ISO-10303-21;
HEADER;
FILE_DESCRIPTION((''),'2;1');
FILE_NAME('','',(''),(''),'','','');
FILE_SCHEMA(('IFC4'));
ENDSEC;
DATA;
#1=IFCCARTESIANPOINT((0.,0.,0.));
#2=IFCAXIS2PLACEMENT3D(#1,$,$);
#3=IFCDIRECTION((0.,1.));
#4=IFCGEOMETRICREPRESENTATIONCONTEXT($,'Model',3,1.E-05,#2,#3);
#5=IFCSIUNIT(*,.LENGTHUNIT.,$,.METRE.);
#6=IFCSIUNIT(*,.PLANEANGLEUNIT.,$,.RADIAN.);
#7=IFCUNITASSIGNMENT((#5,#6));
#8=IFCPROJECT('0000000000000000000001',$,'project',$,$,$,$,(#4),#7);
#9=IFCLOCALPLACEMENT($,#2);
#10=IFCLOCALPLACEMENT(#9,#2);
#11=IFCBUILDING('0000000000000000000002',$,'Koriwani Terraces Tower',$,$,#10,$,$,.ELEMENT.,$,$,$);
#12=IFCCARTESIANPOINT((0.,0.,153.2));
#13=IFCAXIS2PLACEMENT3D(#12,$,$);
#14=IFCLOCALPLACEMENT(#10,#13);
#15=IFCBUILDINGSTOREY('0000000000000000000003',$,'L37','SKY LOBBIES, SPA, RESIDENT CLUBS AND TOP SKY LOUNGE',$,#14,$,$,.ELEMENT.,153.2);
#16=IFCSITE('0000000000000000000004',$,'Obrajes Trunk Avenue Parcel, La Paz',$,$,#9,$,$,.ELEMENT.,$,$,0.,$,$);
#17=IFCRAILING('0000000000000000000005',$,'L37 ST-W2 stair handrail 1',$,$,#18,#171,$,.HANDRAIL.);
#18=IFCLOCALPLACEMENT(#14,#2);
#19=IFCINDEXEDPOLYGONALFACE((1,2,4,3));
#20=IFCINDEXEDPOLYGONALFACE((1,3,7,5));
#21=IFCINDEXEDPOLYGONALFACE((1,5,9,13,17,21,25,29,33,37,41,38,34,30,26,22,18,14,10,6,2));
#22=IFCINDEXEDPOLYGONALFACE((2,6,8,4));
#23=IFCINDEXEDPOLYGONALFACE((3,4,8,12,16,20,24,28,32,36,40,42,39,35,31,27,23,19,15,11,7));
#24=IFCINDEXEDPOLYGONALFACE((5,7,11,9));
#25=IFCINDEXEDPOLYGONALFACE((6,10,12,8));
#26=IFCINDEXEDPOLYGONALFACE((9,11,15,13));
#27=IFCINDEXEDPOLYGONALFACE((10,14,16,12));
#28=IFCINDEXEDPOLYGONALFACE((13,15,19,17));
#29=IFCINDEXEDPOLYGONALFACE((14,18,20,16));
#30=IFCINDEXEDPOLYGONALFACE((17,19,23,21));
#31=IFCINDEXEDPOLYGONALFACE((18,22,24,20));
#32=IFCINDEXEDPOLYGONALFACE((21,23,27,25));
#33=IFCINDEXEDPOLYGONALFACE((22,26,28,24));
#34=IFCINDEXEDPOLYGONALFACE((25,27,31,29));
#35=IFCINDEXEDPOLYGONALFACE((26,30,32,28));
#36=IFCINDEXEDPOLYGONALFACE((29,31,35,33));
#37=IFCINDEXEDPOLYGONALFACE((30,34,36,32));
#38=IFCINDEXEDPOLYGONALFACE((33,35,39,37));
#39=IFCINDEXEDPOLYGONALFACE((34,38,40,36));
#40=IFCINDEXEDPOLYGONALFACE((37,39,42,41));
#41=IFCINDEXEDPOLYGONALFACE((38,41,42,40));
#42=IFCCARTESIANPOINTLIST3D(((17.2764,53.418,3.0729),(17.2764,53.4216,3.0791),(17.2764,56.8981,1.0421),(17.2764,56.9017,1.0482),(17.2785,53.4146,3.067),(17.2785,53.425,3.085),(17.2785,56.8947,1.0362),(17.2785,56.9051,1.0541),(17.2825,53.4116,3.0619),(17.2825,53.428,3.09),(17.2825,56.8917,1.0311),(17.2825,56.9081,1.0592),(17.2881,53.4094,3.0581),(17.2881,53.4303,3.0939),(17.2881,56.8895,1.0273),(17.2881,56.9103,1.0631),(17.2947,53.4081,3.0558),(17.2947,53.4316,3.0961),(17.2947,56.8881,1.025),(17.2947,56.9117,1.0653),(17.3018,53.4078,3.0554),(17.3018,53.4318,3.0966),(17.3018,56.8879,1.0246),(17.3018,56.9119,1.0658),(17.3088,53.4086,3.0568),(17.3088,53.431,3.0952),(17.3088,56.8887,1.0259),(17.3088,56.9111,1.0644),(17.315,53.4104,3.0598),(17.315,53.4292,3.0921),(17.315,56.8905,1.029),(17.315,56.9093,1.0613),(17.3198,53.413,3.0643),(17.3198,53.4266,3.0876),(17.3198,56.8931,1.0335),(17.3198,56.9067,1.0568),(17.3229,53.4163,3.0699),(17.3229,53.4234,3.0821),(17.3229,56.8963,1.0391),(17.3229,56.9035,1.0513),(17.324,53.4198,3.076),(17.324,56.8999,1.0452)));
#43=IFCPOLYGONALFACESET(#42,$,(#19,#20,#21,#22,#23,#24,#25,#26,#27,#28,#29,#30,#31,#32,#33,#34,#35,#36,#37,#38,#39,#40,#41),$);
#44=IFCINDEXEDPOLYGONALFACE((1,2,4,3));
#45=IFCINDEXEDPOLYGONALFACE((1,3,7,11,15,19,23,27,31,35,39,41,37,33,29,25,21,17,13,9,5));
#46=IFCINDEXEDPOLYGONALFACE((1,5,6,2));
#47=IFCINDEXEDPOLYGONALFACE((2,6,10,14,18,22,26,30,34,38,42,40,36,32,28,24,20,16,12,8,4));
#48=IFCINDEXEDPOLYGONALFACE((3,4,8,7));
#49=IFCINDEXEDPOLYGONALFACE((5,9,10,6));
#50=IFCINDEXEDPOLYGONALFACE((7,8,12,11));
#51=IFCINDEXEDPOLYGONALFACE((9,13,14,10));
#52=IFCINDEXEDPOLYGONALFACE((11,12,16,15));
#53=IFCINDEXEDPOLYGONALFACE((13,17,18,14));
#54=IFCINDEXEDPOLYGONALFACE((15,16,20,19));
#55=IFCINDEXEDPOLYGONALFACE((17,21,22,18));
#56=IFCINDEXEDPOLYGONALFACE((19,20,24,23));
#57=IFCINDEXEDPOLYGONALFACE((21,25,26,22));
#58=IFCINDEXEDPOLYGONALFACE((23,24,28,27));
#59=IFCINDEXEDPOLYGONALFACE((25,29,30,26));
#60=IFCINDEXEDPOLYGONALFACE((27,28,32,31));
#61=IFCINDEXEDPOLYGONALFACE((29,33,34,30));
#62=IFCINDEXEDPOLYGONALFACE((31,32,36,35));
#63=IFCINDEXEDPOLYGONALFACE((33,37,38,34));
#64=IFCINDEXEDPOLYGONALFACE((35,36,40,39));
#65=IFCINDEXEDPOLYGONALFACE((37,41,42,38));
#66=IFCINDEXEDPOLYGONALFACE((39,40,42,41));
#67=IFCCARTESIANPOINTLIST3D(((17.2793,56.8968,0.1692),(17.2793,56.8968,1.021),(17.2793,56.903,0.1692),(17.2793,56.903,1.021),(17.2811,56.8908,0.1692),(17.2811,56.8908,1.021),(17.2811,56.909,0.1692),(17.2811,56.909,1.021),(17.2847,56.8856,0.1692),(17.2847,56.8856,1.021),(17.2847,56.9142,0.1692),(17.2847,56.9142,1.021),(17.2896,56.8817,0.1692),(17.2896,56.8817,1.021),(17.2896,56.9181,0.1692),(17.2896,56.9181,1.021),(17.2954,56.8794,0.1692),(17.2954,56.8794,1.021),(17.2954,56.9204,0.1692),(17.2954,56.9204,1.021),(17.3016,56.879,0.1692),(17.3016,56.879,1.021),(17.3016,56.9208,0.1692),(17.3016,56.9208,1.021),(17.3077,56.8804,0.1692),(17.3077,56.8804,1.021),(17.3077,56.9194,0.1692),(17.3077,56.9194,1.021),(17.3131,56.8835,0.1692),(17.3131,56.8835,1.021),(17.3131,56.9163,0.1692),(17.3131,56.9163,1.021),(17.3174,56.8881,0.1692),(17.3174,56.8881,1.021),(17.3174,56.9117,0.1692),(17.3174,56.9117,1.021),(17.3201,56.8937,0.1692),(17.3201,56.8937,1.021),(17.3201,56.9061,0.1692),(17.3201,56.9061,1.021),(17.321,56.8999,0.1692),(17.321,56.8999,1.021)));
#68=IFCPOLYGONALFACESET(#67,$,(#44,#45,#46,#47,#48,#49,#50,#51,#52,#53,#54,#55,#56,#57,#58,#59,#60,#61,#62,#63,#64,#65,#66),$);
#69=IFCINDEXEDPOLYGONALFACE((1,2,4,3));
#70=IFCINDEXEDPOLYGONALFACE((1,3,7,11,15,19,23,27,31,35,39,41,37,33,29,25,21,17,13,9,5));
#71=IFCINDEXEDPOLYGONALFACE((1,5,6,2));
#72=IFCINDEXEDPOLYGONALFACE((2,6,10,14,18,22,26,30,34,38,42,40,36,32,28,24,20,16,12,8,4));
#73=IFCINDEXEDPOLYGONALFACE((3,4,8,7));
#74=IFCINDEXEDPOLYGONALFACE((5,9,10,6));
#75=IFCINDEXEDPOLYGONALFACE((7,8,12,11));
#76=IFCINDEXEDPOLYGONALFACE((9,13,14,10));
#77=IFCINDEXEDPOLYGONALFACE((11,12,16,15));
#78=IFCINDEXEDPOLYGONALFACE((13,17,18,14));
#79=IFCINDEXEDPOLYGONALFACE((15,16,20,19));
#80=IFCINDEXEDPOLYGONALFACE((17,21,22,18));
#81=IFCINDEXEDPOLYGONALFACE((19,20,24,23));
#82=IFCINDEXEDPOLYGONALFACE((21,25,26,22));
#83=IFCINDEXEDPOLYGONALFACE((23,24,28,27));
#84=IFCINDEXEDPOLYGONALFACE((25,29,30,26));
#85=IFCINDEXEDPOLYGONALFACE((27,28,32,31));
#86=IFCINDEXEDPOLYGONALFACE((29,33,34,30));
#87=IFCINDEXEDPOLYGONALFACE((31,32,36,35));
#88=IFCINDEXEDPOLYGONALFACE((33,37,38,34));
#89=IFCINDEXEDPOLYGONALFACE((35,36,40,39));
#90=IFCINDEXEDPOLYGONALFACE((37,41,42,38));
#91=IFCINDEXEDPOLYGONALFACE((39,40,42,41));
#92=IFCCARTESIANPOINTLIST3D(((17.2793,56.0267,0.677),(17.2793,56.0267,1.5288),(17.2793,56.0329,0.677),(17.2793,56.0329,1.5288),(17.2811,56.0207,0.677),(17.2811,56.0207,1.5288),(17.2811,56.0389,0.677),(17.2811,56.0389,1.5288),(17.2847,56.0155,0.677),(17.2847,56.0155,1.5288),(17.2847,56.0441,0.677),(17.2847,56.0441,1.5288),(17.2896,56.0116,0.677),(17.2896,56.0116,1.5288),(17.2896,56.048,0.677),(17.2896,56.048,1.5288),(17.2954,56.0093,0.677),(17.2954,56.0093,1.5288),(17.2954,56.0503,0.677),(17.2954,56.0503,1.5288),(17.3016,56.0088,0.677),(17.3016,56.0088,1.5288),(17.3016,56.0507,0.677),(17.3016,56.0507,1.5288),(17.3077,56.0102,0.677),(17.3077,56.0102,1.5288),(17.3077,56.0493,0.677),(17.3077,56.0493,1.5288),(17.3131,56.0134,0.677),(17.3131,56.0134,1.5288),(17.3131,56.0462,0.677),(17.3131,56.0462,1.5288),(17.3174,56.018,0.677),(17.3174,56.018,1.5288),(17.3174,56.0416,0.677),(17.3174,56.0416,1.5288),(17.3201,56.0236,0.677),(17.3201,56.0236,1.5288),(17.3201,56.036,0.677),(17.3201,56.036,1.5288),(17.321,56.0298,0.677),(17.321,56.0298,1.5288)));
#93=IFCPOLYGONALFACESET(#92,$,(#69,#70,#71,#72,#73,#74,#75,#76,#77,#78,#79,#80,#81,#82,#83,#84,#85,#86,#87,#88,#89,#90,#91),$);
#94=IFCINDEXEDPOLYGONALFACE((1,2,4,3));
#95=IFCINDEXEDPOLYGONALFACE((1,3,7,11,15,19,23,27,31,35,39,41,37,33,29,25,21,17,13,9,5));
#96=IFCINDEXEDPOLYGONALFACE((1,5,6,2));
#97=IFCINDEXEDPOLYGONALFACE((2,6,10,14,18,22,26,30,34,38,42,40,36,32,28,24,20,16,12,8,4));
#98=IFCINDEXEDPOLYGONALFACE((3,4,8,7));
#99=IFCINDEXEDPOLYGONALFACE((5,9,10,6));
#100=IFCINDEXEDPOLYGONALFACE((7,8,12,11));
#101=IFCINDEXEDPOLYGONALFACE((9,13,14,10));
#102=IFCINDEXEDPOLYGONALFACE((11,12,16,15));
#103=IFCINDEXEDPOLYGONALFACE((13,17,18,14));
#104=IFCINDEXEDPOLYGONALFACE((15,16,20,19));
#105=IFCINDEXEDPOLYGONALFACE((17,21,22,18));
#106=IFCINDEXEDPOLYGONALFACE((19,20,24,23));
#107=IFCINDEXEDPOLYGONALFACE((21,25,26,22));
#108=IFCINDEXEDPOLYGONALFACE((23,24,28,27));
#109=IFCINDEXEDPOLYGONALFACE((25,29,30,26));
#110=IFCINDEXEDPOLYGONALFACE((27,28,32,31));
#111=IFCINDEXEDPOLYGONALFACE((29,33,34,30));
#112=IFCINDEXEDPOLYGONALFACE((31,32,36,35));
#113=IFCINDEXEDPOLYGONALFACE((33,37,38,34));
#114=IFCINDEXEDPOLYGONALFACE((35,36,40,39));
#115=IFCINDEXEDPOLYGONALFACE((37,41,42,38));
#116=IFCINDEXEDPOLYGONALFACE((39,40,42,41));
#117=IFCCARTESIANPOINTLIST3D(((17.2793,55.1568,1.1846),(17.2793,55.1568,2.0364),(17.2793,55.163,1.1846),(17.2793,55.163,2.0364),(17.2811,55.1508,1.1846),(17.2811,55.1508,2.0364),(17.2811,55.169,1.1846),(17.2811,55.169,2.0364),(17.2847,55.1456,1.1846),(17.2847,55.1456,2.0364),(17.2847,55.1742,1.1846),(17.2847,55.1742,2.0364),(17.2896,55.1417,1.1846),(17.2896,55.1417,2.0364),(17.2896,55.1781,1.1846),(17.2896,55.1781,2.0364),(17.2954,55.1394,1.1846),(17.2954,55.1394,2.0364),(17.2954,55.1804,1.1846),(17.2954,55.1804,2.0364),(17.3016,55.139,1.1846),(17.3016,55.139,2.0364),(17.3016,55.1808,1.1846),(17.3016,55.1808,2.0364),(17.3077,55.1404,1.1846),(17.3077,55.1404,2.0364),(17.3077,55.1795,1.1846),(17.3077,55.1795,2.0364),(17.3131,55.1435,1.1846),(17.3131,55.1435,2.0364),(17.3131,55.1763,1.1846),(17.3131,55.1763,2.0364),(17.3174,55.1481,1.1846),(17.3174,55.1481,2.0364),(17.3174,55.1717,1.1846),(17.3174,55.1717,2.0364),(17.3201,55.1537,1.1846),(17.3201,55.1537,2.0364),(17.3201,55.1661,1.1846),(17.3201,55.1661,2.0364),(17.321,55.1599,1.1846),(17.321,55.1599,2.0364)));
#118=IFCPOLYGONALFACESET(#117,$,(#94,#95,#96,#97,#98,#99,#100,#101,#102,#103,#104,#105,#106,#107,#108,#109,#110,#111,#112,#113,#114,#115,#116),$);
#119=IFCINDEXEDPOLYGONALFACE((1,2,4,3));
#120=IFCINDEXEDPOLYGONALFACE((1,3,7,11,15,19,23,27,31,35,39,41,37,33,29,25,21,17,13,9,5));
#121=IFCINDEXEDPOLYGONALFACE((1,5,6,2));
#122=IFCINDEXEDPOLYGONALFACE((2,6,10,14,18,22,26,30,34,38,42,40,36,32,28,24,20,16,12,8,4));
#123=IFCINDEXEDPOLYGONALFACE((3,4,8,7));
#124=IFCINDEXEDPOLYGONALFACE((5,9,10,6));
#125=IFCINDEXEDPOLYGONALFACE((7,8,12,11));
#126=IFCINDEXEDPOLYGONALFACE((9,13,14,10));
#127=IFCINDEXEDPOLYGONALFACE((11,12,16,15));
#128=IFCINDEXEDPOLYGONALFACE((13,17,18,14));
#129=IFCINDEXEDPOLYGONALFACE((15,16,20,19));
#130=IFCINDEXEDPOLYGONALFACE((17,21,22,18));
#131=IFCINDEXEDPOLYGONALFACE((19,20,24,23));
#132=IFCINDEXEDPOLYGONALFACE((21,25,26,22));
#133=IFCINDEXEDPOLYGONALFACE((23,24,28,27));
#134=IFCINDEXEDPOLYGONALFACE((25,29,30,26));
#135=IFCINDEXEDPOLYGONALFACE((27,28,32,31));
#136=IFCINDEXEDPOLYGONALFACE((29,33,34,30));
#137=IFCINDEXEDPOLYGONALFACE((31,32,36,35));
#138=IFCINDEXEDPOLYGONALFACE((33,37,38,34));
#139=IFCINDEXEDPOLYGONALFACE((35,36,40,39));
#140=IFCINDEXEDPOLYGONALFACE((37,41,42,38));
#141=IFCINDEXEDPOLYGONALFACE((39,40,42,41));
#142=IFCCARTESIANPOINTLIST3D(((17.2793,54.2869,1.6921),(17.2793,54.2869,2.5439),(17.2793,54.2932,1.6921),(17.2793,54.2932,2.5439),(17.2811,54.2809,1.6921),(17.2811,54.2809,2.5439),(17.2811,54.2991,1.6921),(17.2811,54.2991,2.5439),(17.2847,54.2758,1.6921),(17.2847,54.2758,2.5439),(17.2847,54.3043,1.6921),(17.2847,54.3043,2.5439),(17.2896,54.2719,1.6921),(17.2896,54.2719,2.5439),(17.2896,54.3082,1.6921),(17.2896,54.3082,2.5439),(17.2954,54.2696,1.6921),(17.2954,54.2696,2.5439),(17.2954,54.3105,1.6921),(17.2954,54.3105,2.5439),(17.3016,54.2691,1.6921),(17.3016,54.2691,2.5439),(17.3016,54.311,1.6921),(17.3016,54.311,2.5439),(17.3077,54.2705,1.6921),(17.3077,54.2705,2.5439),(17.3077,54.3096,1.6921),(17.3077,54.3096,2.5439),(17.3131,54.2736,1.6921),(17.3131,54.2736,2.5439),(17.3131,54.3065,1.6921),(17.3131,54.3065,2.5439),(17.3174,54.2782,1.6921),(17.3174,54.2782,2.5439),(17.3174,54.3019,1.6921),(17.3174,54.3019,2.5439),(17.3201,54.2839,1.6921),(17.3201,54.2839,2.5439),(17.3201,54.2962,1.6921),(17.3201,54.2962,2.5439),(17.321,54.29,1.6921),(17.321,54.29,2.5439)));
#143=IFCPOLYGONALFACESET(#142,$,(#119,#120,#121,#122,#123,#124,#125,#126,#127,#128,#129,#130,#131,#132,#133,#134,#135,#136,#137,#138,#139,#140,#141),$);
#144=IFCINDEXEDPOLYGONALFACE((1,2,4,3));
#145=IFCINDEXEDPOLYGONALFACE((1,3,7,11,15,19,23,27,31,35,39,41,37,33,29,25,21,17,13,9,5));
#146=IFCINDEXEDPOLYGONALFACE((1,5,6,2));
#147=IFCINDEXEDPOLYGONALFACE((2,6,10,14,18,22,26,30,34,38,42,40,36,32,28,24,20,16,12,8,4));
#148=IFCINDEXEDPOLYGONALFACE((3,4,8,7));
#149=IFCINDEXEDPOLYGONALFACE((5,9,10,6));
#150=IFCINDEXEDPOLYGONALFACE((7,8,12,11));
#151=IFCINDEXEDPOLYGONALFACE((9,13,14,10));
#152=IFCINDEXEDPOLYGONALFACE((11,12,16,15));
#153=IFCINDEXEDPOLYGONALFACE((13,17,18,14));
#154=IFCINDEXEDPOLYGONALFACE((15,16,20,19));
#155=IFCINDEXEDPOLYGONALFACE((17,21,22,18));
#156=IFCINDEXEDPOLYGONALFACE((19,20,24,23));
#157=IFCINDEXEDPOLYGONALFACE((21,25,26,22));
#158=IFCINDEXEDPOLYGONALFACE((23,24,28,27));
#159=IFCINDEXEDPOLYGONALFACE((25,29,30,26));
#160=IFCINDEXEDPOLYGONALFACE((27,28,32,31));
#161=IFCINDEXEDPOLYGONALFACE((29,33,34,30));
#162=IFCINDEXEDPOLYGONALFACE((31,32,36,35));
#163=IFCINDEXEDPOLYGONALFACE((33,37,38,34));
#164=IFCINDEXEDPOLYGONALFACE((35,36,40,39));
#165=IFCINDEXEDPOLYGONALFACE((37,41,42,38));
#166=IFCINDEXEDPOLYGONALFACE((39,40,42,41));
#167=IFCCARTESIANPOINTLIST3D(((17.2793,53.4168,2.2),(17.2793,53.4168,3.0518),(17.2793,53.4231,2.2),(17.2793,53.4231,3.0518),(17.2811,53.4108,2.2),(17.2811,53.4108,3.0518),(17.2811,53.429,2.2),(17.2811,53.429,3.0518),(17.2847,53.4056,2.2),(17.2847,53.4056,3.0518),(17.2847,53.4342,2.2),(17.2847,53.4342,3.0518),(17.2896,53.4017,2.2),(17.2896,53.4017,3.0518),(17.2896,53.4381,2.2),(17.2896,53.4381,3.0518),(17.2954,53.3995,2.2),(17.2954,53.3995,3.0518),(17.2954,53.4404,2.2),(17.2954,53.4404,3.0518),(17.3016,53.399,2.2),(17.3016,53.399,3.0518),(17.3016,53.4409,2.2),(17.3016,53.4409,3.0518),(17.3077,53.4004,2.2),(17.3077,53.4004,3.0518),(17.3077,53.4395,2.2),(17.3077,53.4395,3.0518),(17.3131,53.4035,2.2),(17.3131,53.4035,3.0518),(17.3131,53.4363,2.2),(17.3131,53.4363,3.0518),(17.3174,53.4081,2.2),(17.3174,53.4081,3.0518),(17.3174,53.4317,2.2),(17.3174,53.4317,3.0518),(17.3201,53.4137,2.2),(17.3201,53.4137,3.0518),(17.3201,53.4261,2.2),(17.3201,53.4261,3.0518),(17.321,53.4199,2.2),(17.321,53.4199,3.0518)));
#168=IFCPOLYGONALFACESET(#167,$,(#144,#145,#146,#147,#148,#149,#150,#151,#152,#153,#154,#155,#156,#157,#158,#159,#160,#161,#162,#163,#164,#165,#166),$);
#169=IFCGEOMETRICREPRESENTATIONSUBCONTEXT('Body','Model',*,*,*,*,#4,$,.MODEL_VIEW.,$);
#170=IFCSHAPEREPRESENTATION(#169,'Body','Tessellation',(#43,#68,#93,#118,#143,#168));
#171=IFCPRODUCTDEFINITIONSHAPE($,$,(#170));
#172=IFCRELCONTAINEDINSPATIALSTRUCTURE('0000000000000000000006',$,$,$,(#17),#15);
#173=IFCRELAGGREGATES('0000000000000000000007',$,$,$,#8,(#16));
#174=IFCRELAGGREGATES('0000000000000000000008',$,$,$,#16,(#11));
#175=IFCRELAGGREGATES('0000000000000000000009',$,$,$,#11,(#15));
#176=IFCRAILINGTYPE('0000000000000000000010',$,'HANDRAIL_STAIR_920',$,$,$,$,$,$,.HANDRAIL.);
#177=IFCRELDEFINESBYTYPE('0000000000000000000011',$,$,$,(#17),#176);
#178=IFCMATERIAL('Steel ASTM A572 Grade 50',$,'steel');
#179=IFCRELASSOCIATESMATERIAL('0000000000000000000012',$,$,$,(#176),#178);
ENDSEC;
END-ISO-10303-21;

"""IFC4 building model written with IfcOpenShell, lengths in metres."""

from ifc_helpers import new_model, si_unit, direction, frame, origin, origin_2d, place, context, subcontext, project, spatial, circle, extrude, material, type_object, element, save


model = new_model("IFC4")

# Units and contexts
model_context = context("Model", 3, precision=1e-05, world=origin(), true_north=direction((0.0, 1.0)))
body_context = subcontext(model_context, "Body", "Model", "MODEL_VIEW")
ifc_project = project(units=[si_unit("LENGTHUNIT", "METRE"), si_unit("PLANEANGLEUNIT", "RADIAN")], contexts=[model_context])

# Site, building, storey
site_placement = place(None, origin())
site = spatial("IfcSite", under=ifc_project, at=site_placement, Name="Obrajes Trunk Avenue Parcel, La Paz", CompositionType="ELEMENT", RefElevation=0.0)
building_placement = place(site_placement, origin())
building = spatial("IfcBuilding", under=site, at=building_placement, Name="Koriwani Terraces Tower", CompositionType="ELEMENT")
storey_placement = place(building_placement, frame((0.0, 0.0, 153.2)))
storey = spatial("IfcBuildingStorey", under=building, at=storey_placement, Name="L37", Description="SKY LOBBIES, SPA, RESIDENT CLUBS AND TOP SKY LOUNGE", CompositionType="ELEMENT", Elevation=153.2)

# Shared definitions
ifc_material_1 = material(Name="Steel ASTM A572 Grade 50", Category="steel")

# Railing
railing_type_1 = type_object("IfcRailingType", Name="HANDRAIL_STAIR_920", PredefinedType="HANDRAIL", material=ifc_material_1)
railing_1_placement = place(storey_placement, frame((17.3, 56.8999, 0.1692)))
element("IfcRailing", 1, at=railing_1_placement, inside=storey, type_object=railing_type_1, Name="L37 ST-W2 stair handrail 1", PredefinedType="HANDRAIL", context=body_context, shape_type="SweptSolid", body=[
    extrude(circle(Radius=0.0239, at=origin_2d()), frame((0.0, 0.0, 0.876), z_axis=(0.0, -0.863695, 0.504014), x_axis=(1.0, 0.0, 0.0)), (0.0, 0.0, 1.0), 4.0293),
    extrude(circle(Radius=0.021, at=origin_2d()), origin(), (0.0, 0.0, 1.0), 0.8518),
    extrude(circle(Radius=0.021, at=origin_2d()), frame((0.0, -0.8701, 0.5078)), (0.0, 0.0, 1.0), 0.8518),
    extrude(circle(Radius=0.021, at=origin_2d()), frame((0.0, -1.74, 1.0154)), (0.0, 0.0, 1.0), 0.8518),
    extrude(circle(Radius=0.021, at=origin_2d()), frame((0.0, -2.6099, 1.5229)), (0.0, 0.0, 1.0), 0.8518),
    extrude(circle(Radius=0.021, at=origin_2d()), frame((0.0, -3.48, 2.0308)), (0.0, 0.0, 1.0), 0.8518),
])

save(model, "model.ifc")
